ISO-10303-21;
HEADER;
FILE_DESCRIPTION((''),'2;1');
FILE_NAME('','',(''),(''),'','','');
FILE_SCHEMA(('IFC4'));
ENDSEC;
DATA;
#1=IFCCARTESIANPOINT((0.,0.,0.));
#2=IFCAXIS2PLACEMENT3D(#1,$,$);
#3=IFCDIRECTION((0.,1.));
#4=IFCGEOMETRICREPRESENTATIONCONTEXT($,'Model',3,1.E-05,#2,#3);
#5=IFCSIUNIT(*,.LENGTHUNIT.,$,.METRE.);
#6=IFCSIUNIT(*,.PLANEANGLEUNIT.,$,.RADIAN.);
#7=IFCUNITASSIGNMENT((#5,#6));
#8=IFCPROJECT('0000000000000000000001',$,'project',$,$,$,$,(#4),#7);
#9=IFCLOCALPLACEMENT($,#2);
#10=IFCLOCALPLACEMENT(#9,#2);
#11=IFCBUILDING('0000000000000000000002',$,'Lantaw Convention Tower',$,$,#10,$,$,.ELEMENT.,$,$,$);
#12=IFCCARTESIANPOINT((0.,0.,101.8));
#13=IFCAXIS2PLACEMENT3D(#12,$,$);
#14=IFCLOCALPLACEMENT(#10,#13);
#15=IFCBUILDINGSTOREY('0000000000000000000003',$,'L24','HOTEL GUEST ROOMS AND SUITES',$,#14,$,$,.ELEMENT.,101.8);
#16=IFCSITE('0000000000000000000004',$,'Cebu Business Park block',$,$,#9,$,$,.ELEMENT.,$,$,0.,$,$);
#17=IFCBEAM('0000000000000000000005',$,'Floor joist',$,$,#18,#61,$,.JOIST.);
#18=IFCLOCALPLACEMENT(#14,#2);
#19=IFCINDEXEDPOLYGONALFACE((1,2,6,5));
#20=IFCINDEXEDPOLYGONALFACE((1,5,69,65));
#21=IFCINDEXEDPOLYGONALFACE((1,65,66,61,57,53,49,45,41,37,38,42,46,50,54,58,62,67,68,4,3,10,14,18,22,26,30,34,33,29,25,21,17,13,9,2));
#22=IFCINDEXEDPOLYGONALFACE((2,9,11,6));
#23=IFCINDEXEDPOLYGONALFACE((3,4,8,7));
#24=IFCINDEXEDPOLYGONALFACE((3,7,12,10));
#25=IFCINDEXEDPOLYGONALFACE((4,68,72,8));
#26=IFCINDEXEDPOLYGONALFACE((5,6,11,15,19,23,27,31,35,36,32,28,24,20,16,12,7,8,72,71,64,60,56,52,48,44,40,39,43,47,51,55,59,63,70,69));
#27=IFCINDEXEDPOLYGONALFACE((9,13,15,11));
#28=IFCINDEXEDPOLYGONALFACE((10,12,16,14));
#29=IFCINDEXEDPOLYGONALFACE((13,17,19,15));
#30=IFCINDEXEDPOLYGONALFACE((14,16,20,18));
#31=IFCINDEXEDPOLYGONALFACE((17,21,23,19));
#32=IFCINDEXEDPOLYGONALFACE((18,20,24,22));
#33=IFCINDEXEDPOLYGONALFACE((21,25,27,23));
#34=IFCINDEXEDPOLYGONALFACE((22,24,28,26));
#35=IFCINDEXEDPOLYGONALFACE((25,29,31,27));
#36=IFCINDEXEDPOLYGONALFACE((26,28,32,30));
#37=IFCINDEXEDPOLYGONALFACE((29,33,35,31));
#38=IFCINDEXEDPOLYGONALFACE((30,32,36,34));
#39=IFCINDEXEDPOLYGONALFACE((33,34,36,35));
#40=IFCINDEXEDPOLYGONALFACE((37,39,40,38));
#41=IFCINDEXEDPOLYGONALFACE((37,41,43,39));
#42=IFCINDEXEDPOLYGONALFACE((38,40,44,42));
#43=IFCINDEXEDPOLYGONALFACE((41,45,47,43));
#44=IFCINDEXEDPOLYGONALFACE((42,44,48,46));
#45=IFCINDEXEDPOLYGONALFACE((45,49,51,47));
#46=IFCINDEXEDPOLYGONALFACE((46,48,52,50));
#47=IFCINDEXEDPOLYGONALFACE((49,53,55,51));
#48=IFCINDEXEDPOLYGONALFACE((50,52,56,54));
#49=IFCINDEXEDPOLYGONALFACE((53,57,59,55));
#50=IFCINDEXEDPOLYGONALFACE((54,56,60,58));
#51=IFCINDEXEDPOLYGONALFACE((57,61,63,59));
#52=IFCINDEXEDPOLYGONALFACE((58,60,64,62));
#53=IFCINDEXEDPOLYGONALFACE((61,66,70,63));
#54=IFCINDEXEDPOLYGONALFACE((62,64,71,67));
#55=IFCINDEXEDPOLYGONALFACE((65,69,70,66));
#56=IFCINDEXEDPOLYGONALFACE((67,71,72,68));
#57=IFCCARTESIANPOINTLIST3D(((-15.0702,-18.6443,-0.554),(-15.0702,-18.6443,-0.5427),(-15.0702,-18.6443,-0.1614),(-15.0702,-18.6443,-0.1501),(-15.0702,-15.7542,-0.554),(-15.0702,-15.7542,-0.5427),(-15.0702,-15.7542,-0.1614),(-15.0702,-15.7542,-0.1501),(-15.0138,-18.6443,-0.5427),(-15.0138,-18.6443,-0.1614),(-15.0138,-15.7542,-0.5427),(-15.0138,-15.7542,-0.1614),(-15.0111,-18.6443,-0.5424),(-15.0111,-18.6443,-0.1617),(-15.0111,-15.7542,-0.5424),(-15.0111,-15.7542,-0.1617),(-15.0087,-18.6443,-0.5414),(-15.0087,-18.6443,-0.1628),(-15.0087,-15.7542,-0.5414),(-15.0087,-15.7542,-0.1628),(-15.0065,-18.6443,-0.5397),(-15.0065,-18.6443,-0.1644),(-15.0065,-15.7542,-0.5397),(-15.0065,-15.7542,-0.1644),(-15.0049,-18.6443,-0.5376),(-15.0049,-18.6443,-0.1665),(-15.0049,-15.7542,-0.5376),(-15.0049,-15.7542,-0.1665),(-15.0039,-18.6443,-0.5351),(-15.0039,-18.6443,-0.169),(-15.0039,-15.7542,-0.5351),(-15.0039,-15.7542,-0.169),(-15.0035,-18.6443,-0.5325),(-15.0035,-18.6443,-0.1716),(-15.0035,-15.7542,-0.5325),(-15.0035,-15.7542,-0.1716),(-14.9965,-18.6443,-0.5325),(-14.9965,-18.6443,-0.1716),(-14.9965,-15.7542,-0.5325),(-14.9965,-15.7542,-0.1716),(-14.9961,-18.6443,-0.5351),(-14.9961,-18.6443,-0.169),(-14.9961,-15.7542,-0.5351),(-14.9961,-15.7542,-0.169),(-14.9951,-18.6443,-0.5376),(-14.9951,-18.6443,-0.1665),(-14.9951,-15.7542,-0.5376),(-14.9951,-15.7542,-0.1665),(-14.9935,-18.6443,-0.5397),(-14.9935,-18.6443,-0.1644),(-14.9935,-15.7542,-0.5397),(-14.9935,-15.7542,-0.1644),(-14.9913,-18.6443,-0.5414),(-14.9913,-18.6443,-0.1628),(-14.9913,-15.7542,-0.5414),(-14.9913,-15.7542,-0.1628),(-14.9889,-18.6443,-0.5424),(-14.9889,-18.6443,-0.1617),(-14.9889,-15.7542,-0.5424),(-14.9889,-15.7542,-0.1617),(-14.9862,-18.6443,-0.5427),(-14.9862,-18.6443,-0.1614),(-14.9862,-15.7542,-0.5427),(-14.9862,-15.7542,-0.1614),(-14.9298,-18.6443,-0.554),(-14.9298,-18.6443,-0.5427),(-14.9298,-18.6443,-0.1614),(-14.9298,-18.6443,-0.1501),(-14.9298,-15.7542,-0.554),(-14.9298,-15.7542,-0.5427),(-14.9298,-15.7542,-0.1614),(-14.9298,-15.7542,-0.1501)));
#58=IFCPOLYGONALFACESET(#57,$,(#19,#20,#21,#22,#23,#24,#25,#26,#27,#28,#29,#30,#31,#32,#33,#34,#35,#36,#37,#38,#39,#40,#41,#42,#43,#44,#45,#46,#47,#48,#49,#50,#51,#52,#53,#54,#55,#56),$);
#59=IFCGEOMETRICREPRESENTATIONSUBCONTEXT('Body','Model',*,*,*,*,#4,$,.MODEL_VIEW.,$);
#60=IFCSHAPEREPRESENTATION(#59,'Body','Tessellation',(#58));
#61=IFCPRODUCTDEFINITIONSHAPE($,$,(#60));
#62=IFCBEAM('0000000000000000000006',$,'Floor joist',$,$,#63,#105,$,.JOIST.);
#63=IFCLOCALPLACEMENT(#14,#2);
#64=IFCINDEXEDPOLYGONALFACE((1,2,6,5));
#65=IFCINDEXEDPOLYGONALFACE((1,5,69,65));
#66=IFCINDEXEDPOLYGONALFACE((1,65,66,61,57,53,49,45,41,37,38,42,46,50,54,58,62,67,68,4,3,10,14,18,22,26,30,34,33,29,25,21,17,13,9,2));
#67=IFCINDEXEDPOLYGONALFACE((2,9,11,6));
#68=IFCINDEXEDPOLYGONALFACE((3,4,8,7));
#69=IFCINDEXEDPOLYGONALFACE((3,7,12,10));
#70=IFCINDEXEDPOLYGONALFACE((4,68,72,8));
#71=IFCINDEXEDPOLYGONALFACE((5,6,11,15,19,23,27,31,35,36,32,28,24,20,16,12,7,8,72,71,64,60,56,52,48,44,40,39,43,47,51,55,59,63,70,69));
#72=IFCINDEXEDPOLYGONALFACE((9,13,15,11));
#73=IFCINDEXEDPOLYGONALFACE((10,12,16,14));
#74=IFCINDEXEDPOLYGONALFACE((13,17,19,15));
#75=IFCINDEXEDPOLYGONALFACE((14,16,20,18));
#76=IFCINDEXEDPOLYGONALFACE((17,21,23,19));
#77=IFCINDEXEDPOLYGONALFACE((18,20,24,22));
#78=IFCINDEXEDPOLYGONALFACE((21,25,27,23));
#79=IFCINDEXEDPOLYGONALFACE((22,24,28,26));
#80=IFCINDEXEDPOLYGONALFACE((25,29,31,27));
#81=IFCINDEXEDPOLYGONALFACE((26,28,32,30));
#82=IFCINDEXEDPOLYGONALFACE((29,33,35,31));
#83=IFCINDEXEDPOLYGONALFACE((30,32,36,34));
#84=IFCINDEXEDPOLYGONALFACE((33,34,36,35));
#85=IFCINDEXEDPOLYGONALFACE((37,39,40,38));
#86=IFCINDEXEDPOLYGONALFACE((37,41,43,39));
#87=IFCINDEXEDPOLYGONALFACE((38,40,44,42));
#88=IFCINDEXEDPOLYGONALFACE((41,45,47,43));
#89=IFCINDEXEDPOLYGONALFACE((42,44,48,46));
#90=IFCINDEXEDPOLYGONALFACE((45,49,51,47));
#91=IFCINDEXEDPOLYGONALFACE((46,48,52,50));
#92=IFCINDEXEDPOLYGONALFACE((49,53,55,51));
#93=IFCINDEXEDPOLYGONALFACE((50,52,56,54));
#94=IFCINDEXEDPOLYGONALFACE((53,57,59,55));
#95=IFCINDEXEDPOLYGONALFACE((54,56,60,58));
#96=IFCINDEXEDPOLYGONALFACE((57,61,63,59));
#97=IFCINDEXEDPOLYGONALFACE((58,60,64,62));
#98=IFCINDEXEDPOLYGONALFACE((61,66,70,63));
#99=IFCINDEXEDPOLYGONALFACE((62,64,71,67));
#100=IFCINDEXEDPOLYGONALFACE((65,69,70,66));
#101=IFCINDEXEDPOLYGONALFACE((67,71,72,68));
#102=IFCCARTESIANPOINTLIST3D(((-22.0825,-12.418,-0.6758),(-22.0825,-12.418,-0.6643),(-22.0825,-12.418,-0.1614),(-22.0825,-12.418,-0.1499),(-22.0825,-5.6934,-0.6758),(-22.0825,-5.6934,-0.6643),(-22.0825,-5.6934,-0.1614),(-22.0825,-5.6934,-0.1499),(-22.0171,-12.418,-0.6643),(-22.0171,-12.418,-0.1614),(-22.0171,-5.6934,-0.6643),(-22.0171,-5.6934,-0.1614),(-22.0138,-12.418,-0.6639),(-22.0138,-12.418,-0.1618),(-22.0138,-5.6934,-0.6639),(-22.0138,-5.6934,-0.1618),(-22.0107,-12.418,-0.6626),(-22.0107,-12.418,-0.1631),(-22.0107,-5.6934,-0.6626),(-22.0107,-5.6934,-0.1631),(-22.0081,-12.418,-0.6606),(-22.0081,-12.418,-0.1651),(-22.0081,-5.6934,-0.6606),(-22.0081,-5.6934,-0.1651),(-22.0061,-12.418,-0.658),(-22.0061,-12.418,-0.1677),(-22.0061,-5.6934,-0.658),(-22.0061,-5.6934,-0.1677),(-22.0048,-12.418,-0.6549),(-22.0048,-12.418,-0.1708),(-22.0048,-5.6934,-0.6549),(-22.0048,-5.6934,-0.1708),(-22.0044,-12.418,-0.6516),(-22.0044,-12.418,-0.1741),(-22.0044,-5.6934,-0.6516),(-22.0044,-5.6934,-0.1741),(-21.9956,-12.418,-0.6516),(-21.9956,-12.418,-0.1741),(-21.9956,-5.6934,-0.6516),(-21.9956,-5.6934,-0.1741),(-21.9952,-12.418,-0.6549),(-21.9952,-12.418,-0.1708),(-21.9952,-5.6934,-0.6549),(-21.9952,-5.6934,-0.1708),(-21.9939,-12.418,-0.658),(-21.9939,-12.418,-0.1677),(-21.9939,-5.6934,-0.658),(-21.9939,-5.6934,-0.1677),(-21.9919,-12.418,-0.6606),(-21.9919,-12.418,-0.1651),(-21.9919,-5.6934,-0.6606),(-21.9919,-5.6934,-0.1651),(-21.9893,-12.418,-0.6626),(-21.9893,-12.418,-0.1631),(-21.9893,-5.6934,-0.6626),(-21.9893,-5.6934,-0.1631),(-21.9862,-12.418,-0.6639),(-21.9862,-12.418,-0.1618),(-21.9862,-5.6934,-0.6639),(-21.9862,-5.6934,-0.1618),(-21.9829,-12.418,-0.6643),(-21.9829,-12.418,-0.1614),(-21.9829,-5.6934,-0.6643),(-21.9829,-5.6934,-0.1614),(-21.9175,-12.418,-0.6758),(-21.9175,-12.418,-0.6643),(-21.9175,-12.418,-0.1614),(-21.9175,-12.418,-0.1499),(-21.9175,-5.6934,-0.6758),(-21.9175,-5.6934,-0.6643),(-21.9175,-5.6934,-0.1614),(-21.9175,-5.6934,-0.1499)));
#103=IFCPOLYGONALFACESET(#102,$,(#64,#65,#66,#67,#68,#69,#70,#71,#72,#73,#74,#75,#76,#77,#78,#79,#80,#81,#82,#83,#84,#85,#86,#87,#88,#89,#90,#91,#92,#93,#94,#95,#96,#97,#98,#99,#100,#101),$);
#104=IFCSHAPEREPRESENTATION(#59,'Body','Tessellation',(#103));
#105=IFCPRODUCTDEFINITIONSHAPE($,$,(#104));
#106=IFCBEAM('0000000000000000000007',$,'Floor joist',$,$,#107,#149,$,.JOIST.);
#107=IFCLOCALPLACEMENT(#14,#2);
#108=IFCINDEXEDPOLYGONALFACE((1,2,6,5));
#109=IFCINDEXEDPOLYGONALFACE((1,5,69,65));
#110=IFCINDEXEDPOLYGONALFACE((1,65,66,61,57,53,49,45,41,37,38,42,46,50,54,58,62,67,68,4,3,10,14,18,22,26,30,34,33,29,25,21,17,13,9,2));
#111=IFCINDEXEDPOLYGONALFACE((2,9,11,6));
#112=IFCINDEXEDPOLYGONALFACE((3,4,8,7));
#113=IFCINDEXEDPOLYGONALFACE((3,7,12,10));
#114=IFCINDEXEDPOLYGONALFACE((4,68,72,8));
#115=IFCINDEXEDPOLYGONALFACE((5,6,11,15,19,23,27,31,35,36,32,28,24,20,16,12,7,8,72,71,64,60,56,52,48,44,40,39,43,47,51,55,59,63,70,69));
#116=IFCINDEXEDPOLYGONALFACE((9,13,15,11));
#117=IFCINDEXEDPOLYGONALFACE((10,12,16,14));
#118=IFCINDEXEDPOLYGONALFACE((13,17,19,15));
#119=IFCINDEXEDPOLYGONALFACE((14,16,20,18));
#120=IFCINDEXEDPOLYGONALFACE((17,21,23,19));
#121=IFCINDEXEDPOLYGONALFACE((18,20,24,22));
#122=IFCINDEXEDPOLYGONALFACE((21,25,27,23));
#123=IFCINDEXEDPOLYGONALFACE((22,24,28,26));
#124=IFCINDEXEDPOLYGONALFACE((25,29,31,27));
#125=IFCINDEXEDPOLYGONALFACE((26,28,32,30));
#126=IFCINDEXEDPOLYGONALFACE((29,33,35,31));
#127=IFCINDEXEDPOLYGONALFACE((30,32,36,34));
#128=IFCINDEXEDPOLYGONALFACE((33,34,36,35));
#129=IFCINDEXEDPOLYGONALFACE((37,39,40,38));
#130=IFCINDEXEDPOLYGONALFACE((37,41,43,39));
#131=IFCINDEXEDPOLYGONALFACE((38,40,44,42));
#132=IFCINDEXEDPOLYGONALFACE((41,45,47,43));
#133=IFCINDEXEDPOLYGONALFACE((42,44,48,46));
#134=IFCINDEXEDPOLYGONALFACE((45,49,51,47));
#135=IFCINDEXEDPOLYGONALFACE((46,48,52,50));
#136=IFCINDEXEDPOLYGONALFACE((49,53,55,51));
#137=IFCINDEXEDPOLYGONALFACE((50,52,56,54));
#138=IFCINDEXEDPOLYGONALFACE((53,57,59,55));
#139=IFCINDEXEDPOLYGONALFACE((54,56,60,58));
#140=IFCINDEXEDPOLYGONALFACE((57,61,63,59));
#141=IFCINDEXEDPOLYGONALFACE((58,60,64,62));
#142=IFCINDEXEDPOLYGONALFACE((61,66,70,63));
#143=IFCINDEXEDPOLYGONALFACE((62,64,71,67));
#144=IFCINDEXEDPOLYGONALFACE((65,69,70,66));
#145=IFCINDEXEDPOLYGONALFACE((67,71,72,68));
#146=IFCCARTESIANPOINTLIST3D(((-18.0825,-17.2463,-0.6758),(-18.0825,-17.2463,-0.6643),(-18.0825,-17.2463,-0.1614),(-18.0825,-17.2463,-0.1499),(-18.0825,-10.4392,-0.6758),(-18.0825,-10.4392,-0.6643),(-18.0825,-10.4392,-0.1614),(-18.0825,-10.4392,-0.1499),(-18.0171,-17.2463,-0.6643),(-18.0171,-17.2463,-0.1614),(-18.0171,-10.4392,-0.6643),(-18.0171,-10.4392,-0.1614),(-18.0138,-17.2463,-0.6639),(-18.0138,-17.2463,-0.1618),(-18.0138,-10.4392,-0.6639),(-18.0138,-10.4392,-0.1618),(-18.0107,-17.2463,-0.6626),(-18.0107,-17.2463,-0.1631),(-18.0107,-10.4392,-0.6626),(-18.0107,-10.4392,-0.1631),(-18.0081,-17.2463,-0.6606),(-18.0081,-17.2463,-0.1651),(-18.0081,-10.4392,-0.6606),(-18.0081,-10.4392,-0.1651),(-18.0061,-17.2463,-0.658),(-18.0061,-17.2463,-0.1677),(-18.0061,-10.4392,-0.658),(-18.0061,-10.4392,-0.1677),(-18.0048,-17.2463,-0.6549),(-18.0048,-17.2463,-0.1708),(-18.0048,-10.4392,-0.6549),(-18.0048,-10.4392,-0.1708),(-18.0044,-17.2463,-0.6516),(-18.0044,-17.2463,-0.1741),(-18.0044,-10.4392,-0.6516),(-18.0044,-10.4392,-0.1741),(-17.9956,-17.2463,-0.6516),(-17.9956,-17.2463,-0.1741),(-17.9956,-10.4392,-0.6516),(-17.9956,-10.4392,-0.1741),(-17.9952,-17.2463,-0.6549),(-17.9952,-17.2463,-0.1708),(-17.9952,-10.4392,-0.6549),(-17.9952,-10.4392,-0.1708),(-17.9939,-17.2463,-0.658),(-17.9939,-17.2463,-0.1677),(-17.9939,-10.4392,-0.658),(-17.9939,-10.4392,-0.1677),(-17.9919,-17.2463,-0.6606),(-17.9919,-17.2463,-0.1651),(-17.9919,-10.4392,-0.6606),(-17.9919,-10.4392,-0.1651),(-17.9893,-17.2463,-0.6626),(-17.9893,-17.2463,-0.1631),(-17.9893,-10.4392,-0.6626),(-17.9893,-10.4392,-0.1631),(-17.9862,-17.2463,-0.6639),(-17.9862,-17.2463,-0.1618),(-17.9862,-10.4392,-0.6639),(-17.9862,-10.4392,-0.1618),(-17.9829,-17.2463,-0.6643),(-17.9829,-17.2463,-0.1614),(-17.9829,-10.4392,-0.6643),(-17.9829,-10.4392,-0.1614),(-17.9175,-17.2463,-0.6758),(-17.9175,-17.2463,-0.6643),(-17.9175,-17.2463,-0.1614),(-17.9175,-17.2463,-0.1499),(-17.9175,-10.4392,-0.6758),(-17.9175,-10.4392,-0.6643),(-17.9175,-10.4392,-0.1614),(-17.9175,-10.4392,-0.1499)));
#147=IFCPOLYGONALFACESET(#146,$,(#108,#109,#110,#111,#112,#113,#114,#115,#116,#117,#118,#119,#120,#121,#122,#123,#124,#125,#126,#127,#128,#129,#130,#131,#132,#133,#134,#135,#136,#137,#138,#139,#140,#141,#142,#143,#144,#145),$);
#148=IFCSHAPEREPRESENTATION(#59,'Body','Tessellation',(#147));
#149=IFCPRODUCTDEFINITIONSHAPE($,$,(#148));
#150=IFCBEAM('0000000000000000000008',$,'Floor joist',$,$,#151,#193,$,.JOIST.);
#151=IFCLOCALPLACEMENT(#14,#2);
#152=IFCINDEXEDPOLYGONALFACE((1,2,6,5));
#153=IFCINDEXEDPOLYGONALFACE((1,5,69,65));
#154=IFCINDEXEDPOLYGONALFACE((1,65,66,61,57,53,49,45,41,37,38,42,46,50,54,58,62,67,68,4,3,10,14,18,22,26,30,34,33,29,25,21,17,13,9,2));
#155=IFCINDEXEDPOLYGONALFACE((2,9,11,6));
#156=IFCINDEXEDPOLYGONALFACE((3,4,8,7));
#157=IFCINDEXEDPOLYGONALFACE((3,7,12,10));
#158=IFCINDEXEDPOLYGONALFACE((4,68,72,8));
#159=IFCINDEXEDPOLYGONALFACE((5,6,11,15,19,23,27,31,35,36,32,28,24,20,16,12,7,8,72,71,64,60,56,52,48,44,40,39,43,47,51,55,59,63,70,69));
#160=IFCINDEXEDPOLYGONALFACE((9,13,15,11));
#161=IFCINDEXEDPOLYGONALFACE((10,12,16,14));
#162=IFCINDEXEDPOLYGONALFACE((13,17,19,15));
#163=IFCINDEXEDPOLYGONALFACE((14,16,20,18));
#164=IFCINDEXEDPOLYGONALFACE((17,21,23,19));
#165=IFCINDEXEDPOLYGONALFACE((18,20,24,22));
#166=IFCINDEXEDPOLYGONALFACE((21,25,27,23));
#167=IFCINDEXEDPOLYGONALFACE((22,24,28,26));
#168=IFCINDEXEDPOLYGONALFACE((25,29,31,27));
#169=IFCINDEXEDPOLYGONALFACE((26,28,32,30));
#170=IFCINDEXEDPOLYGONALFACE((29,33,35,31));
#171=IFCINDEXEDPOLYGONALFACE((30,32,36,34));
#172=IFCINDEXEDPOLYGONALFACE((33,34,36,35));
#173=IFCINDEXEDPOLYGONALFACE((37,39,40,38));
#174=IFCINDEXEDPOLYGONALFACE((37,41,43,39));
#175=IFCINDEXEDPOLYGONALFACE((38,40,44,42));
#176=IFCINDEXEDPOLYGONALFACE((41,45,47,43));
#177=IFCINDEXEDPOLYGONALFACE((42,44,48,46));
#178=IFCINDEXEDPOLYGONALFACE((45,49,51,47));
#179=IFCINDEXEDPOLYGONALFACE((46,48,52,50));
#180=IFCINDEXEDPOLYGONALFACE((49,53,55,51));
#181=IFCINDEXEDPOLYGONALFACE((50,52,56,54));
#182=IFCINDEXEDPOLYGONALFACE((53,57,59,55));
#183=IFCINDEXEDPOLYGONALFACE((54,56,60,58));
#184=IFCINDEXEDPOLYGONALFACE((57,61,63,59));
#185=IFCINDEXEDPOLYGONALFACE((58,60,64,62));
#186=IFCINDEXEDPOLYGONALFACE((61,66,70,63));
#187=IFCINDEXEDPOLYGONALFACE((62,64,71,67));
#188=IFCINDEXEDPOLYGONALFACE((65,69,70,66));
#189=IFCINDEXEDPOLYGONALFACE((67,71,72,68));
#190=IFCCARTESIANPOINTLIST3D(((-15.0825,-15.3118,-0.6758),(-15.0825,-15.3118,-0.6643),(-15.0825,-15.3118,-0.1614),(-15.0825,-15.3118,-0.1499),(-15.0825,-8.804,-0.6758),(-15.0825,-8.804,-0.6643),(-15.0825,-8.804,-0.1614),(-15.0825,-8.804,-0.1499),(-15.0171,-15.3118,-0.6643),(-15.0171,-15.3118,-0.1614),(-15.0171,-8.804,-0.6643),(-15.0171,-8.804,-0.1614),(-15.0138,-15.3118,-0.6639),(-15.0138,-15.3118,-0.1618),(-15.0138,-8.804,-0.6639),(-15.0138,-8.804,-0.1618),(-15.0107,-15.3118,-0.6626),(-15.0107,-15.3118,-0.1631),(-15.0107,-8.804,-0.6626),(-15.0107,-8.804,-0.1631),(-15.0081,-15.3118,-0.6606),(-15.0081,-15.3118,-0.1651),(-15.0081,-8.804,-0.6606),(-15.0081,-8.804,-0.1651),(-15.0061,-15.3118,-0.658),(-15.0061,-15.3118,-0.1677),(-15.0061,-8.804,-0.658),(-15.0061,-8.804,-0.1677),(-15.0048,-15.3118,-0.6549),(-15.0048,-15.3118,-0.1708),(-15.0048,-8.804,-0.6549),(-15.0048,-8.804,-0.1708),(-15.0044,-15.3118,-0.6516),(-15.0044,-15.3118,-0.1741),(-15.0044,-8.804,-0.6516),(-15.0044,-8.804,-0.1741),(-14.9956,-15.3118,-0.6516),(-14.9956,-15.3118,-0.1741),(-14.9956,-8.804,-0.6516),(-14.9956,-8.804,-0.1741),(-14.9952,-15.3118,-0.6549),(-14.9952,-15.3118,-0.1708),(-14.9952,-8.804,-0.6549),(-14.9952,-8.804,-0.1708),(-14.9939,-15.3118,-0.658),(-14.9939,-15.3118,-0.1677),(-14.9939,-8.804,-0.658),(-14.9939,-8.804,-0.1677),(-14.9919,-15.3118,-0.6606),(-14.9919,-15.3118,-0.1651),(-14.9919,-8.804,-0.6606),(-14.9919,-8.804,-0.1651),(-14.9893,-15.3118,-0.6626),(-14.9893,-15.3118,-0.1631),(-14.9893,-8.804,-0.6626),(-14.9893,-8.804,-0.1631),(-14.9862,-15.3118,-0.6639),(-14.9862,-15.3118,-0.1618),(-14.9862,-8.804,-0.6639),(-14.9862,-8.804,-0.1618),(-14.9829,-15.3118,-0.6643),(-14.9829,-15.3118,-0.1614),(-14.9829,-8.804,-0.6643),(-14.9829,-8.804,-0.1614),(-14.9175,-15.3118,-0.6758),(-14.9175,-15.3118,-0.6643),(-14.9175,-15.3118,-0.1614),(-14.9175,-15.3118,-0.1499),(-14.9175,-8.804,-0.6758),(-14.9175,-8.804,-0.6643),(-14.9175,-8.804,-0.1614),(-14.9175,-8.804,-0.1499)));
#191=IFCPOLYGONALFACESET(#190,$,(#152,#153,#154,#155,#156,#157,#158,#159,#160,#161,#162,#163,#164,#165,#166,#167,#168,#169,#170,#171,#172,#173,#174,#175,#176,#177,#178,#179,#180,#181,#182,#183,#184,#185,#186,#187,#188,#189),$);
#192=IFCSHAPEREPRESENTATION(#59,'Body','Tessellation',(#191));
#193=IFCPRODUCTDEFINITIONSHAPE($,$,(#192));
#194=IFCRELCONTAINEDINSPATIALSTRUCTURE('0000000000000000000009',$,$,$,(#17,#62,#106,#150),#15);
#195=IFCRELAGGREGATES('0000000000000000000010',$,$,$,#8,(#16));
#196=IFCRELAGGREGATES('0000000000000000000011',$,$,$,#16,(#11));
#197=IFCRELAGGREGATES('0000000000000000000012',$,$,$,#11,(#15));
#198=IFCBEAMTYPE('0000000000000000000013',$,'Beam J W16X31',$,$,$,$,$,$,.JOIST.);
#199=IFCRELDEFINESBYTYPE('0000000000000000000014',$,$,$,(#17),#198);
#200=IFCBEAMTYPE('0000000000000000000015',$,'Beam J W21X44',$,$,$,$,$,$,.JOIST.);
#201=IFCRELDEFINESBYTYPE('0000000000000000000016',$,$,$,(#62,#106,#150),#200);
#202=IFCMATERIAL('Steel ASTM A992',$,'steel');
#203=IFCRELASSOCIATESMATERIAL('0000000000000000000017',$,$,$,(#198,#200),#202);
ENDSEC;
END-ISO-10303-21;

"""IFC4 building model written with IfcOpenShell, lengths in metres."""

from ifc_helpers import new_model, si_unit, direction, frame, origin, origin_2d, place, context, subcontext, project, spatial, i_section, extrude, material, material_profile, profile_set, type_object, element, save


model = new_model("IFC4")

# Units and contexts
model_context = context("Model", 3, precision=1e-05, world=origin(), true_north=direction((0.0, 1.0)))
body_context = subcontext(model_context, "Body", "Model", "MODEL_VIEW")
ifc_project = project(units=[si_unit("LENGTHUNIT", "METRE"), si_unit("PLANEANGLEUNIT", "RADIAN")], contexts=[model_context])

# Site, building, storey
site_placement = place(None, origin())
site = spatial("IfcSite", under=ifc_project, at=site_placement, Name="Cebu Business Park block", CompositionType="ELEMENT", RefElevation=0.0)
building_placement = place(site_placement, origin())
building = spatial("IfcBuilding", under=site, at=building_placement, Name="Lantaw Convention Tower", CompositionType="ELEMENT")
storey_placement = place(building_placement, frame((0.0, 0.0, 101.8)))
storey = spatial("IfcBuildingStorey", under=building, at=storey_placement, Name="L24", Description="HOTEL GUEST ROOMS AND SUITES", CompositionType="ELEMENT", Elevation=101.8)

# Beams
ifc_material_1 = material(Name="Steel ASTM A992", Category="steel")
ifc_material_profile_1 = material_profile(ifc_material_1, i_section(OverallWidth=0.1404, OverallDepth=0.4038, WebThickness=0.0071, FlangeThickness=0.0112, FilletRadius=0.0103, at=origin_2d()), Name="W16X31")
ifc_profile_set_1 = profile_set([ifc_material_profile_1], Name="Steel ASTM A992")
beam_type_1 = type_object("IfcBeamType", Name="Beam J W16X31", PredefinedType="JOIST", material=ifc_profile_set_1)
beam_1_placement = place(storey_placement, frame((-15.0, -18.6443, -0.3521), z_axis=(0.0, 1.0, 0.0), x_axis=(-1.0, 0.0, 0.0)))
element("IfcBeam", 1, at=beam_1_placement, inside=storey, type_object=beam_type_1, Name="Floor joist", PredefinedType="JOIST", context=body_context, shape_type="SweptSolid", body=[
    extrude(i_section(OverallWidth=0.1404, OverallDepth=0.4038, WebThickness=0.0071, FlangeThickness=0.0112, FilletRadius=0.0103, at=origin_2d()), origin(), (0.0, 0.0, 1.0), 2.8901),
])
ifc_material_profile_2 = material_profile(ifc_material_1, i_section(OverallWidth=0.165, OverallDepth=0.5259, WebThickness=0.0088, FlangeThickness=0.0115, FilletRadius=0.0127, at=origin_2d()), Name="W21X44")
ifc_profile_set_2 = profile_set([ifc_material_profile_2], Name="Steel ASTM A992")
beam_type_2 = type_object("IfcBeamType", Name="Beam J W21X44", PredefinedType="JOIST", material=ifc_profile_set_2)
beam_2_placement = place(storey_placement, frame((-22.0, -12.418, -0.4128), z_axis=(0.0, 1.0, 0.0), x_axis=(-1.0, 0.0, 0.0)))
element("IfcBeam", 2, at=beam_2_placement, inside=storey, type_object=beam_type_2, Name="Floor joist", PredefinedType="JOIST", context=body_context, shape_type="SweptSolid", body=[
    extrude(i_section(OverallWidth=0.165, OverallDepth=0.5259, WebThickness=0.0088, FlangeThickness=0.0115, FilletRadius=0.0127, at=origin_2d()), origin(), (0.0, 0.0, 1.0), 6.7246),
])
beam_3_placement = place(storey_placement, frame((-18.0, -17.2463, -0.4128), z_axis=(0.0, 1.0, 0.0), x_axis=(-1.0, 0.0, 0.0)))
element("IfcBeam", 3, at=beam_3_placement, inside=storey, type_object=beam_type_2, Name="Floor joist", PredefinedType="JOIST", context=body_context, shape_type="SweptSolid", body=[
    extrude(i_section(OverallWidth=0.165, OverallDepth=0.5259, WebThickness=0.0088, FlangeThickness=0.0115, FilletRadius=0.0127, at=origin_2d()), origin(), (0.0, 0.0, 1.0), 6.8071),
])
beam_4_placement = place(storey_placement, frame((-15.0, -15.3118, -0.4128), z_axis=(0.0, 1.0, 0.0), x_axis=(-1.0, 0.0, 0.0)))
element("IfcBeam", 4, at=beam_4_placement, inside=storey, type_object=beam_type_2, Name="Floor joist", PredefinedType="JOIST", context=body_context, shape_type="SweptSolid", body=[
    extrude(i_section(OverallWidth=0.165, OverallDepth=0.5259, WebThickness=0.0088, FlangeThickness=0.0115, FilletRadius=0.0127, at=origin_2d()), origin(), (0.0, 0.0, 1.0), 6.5078),
])

save(model, "model.ifc")
